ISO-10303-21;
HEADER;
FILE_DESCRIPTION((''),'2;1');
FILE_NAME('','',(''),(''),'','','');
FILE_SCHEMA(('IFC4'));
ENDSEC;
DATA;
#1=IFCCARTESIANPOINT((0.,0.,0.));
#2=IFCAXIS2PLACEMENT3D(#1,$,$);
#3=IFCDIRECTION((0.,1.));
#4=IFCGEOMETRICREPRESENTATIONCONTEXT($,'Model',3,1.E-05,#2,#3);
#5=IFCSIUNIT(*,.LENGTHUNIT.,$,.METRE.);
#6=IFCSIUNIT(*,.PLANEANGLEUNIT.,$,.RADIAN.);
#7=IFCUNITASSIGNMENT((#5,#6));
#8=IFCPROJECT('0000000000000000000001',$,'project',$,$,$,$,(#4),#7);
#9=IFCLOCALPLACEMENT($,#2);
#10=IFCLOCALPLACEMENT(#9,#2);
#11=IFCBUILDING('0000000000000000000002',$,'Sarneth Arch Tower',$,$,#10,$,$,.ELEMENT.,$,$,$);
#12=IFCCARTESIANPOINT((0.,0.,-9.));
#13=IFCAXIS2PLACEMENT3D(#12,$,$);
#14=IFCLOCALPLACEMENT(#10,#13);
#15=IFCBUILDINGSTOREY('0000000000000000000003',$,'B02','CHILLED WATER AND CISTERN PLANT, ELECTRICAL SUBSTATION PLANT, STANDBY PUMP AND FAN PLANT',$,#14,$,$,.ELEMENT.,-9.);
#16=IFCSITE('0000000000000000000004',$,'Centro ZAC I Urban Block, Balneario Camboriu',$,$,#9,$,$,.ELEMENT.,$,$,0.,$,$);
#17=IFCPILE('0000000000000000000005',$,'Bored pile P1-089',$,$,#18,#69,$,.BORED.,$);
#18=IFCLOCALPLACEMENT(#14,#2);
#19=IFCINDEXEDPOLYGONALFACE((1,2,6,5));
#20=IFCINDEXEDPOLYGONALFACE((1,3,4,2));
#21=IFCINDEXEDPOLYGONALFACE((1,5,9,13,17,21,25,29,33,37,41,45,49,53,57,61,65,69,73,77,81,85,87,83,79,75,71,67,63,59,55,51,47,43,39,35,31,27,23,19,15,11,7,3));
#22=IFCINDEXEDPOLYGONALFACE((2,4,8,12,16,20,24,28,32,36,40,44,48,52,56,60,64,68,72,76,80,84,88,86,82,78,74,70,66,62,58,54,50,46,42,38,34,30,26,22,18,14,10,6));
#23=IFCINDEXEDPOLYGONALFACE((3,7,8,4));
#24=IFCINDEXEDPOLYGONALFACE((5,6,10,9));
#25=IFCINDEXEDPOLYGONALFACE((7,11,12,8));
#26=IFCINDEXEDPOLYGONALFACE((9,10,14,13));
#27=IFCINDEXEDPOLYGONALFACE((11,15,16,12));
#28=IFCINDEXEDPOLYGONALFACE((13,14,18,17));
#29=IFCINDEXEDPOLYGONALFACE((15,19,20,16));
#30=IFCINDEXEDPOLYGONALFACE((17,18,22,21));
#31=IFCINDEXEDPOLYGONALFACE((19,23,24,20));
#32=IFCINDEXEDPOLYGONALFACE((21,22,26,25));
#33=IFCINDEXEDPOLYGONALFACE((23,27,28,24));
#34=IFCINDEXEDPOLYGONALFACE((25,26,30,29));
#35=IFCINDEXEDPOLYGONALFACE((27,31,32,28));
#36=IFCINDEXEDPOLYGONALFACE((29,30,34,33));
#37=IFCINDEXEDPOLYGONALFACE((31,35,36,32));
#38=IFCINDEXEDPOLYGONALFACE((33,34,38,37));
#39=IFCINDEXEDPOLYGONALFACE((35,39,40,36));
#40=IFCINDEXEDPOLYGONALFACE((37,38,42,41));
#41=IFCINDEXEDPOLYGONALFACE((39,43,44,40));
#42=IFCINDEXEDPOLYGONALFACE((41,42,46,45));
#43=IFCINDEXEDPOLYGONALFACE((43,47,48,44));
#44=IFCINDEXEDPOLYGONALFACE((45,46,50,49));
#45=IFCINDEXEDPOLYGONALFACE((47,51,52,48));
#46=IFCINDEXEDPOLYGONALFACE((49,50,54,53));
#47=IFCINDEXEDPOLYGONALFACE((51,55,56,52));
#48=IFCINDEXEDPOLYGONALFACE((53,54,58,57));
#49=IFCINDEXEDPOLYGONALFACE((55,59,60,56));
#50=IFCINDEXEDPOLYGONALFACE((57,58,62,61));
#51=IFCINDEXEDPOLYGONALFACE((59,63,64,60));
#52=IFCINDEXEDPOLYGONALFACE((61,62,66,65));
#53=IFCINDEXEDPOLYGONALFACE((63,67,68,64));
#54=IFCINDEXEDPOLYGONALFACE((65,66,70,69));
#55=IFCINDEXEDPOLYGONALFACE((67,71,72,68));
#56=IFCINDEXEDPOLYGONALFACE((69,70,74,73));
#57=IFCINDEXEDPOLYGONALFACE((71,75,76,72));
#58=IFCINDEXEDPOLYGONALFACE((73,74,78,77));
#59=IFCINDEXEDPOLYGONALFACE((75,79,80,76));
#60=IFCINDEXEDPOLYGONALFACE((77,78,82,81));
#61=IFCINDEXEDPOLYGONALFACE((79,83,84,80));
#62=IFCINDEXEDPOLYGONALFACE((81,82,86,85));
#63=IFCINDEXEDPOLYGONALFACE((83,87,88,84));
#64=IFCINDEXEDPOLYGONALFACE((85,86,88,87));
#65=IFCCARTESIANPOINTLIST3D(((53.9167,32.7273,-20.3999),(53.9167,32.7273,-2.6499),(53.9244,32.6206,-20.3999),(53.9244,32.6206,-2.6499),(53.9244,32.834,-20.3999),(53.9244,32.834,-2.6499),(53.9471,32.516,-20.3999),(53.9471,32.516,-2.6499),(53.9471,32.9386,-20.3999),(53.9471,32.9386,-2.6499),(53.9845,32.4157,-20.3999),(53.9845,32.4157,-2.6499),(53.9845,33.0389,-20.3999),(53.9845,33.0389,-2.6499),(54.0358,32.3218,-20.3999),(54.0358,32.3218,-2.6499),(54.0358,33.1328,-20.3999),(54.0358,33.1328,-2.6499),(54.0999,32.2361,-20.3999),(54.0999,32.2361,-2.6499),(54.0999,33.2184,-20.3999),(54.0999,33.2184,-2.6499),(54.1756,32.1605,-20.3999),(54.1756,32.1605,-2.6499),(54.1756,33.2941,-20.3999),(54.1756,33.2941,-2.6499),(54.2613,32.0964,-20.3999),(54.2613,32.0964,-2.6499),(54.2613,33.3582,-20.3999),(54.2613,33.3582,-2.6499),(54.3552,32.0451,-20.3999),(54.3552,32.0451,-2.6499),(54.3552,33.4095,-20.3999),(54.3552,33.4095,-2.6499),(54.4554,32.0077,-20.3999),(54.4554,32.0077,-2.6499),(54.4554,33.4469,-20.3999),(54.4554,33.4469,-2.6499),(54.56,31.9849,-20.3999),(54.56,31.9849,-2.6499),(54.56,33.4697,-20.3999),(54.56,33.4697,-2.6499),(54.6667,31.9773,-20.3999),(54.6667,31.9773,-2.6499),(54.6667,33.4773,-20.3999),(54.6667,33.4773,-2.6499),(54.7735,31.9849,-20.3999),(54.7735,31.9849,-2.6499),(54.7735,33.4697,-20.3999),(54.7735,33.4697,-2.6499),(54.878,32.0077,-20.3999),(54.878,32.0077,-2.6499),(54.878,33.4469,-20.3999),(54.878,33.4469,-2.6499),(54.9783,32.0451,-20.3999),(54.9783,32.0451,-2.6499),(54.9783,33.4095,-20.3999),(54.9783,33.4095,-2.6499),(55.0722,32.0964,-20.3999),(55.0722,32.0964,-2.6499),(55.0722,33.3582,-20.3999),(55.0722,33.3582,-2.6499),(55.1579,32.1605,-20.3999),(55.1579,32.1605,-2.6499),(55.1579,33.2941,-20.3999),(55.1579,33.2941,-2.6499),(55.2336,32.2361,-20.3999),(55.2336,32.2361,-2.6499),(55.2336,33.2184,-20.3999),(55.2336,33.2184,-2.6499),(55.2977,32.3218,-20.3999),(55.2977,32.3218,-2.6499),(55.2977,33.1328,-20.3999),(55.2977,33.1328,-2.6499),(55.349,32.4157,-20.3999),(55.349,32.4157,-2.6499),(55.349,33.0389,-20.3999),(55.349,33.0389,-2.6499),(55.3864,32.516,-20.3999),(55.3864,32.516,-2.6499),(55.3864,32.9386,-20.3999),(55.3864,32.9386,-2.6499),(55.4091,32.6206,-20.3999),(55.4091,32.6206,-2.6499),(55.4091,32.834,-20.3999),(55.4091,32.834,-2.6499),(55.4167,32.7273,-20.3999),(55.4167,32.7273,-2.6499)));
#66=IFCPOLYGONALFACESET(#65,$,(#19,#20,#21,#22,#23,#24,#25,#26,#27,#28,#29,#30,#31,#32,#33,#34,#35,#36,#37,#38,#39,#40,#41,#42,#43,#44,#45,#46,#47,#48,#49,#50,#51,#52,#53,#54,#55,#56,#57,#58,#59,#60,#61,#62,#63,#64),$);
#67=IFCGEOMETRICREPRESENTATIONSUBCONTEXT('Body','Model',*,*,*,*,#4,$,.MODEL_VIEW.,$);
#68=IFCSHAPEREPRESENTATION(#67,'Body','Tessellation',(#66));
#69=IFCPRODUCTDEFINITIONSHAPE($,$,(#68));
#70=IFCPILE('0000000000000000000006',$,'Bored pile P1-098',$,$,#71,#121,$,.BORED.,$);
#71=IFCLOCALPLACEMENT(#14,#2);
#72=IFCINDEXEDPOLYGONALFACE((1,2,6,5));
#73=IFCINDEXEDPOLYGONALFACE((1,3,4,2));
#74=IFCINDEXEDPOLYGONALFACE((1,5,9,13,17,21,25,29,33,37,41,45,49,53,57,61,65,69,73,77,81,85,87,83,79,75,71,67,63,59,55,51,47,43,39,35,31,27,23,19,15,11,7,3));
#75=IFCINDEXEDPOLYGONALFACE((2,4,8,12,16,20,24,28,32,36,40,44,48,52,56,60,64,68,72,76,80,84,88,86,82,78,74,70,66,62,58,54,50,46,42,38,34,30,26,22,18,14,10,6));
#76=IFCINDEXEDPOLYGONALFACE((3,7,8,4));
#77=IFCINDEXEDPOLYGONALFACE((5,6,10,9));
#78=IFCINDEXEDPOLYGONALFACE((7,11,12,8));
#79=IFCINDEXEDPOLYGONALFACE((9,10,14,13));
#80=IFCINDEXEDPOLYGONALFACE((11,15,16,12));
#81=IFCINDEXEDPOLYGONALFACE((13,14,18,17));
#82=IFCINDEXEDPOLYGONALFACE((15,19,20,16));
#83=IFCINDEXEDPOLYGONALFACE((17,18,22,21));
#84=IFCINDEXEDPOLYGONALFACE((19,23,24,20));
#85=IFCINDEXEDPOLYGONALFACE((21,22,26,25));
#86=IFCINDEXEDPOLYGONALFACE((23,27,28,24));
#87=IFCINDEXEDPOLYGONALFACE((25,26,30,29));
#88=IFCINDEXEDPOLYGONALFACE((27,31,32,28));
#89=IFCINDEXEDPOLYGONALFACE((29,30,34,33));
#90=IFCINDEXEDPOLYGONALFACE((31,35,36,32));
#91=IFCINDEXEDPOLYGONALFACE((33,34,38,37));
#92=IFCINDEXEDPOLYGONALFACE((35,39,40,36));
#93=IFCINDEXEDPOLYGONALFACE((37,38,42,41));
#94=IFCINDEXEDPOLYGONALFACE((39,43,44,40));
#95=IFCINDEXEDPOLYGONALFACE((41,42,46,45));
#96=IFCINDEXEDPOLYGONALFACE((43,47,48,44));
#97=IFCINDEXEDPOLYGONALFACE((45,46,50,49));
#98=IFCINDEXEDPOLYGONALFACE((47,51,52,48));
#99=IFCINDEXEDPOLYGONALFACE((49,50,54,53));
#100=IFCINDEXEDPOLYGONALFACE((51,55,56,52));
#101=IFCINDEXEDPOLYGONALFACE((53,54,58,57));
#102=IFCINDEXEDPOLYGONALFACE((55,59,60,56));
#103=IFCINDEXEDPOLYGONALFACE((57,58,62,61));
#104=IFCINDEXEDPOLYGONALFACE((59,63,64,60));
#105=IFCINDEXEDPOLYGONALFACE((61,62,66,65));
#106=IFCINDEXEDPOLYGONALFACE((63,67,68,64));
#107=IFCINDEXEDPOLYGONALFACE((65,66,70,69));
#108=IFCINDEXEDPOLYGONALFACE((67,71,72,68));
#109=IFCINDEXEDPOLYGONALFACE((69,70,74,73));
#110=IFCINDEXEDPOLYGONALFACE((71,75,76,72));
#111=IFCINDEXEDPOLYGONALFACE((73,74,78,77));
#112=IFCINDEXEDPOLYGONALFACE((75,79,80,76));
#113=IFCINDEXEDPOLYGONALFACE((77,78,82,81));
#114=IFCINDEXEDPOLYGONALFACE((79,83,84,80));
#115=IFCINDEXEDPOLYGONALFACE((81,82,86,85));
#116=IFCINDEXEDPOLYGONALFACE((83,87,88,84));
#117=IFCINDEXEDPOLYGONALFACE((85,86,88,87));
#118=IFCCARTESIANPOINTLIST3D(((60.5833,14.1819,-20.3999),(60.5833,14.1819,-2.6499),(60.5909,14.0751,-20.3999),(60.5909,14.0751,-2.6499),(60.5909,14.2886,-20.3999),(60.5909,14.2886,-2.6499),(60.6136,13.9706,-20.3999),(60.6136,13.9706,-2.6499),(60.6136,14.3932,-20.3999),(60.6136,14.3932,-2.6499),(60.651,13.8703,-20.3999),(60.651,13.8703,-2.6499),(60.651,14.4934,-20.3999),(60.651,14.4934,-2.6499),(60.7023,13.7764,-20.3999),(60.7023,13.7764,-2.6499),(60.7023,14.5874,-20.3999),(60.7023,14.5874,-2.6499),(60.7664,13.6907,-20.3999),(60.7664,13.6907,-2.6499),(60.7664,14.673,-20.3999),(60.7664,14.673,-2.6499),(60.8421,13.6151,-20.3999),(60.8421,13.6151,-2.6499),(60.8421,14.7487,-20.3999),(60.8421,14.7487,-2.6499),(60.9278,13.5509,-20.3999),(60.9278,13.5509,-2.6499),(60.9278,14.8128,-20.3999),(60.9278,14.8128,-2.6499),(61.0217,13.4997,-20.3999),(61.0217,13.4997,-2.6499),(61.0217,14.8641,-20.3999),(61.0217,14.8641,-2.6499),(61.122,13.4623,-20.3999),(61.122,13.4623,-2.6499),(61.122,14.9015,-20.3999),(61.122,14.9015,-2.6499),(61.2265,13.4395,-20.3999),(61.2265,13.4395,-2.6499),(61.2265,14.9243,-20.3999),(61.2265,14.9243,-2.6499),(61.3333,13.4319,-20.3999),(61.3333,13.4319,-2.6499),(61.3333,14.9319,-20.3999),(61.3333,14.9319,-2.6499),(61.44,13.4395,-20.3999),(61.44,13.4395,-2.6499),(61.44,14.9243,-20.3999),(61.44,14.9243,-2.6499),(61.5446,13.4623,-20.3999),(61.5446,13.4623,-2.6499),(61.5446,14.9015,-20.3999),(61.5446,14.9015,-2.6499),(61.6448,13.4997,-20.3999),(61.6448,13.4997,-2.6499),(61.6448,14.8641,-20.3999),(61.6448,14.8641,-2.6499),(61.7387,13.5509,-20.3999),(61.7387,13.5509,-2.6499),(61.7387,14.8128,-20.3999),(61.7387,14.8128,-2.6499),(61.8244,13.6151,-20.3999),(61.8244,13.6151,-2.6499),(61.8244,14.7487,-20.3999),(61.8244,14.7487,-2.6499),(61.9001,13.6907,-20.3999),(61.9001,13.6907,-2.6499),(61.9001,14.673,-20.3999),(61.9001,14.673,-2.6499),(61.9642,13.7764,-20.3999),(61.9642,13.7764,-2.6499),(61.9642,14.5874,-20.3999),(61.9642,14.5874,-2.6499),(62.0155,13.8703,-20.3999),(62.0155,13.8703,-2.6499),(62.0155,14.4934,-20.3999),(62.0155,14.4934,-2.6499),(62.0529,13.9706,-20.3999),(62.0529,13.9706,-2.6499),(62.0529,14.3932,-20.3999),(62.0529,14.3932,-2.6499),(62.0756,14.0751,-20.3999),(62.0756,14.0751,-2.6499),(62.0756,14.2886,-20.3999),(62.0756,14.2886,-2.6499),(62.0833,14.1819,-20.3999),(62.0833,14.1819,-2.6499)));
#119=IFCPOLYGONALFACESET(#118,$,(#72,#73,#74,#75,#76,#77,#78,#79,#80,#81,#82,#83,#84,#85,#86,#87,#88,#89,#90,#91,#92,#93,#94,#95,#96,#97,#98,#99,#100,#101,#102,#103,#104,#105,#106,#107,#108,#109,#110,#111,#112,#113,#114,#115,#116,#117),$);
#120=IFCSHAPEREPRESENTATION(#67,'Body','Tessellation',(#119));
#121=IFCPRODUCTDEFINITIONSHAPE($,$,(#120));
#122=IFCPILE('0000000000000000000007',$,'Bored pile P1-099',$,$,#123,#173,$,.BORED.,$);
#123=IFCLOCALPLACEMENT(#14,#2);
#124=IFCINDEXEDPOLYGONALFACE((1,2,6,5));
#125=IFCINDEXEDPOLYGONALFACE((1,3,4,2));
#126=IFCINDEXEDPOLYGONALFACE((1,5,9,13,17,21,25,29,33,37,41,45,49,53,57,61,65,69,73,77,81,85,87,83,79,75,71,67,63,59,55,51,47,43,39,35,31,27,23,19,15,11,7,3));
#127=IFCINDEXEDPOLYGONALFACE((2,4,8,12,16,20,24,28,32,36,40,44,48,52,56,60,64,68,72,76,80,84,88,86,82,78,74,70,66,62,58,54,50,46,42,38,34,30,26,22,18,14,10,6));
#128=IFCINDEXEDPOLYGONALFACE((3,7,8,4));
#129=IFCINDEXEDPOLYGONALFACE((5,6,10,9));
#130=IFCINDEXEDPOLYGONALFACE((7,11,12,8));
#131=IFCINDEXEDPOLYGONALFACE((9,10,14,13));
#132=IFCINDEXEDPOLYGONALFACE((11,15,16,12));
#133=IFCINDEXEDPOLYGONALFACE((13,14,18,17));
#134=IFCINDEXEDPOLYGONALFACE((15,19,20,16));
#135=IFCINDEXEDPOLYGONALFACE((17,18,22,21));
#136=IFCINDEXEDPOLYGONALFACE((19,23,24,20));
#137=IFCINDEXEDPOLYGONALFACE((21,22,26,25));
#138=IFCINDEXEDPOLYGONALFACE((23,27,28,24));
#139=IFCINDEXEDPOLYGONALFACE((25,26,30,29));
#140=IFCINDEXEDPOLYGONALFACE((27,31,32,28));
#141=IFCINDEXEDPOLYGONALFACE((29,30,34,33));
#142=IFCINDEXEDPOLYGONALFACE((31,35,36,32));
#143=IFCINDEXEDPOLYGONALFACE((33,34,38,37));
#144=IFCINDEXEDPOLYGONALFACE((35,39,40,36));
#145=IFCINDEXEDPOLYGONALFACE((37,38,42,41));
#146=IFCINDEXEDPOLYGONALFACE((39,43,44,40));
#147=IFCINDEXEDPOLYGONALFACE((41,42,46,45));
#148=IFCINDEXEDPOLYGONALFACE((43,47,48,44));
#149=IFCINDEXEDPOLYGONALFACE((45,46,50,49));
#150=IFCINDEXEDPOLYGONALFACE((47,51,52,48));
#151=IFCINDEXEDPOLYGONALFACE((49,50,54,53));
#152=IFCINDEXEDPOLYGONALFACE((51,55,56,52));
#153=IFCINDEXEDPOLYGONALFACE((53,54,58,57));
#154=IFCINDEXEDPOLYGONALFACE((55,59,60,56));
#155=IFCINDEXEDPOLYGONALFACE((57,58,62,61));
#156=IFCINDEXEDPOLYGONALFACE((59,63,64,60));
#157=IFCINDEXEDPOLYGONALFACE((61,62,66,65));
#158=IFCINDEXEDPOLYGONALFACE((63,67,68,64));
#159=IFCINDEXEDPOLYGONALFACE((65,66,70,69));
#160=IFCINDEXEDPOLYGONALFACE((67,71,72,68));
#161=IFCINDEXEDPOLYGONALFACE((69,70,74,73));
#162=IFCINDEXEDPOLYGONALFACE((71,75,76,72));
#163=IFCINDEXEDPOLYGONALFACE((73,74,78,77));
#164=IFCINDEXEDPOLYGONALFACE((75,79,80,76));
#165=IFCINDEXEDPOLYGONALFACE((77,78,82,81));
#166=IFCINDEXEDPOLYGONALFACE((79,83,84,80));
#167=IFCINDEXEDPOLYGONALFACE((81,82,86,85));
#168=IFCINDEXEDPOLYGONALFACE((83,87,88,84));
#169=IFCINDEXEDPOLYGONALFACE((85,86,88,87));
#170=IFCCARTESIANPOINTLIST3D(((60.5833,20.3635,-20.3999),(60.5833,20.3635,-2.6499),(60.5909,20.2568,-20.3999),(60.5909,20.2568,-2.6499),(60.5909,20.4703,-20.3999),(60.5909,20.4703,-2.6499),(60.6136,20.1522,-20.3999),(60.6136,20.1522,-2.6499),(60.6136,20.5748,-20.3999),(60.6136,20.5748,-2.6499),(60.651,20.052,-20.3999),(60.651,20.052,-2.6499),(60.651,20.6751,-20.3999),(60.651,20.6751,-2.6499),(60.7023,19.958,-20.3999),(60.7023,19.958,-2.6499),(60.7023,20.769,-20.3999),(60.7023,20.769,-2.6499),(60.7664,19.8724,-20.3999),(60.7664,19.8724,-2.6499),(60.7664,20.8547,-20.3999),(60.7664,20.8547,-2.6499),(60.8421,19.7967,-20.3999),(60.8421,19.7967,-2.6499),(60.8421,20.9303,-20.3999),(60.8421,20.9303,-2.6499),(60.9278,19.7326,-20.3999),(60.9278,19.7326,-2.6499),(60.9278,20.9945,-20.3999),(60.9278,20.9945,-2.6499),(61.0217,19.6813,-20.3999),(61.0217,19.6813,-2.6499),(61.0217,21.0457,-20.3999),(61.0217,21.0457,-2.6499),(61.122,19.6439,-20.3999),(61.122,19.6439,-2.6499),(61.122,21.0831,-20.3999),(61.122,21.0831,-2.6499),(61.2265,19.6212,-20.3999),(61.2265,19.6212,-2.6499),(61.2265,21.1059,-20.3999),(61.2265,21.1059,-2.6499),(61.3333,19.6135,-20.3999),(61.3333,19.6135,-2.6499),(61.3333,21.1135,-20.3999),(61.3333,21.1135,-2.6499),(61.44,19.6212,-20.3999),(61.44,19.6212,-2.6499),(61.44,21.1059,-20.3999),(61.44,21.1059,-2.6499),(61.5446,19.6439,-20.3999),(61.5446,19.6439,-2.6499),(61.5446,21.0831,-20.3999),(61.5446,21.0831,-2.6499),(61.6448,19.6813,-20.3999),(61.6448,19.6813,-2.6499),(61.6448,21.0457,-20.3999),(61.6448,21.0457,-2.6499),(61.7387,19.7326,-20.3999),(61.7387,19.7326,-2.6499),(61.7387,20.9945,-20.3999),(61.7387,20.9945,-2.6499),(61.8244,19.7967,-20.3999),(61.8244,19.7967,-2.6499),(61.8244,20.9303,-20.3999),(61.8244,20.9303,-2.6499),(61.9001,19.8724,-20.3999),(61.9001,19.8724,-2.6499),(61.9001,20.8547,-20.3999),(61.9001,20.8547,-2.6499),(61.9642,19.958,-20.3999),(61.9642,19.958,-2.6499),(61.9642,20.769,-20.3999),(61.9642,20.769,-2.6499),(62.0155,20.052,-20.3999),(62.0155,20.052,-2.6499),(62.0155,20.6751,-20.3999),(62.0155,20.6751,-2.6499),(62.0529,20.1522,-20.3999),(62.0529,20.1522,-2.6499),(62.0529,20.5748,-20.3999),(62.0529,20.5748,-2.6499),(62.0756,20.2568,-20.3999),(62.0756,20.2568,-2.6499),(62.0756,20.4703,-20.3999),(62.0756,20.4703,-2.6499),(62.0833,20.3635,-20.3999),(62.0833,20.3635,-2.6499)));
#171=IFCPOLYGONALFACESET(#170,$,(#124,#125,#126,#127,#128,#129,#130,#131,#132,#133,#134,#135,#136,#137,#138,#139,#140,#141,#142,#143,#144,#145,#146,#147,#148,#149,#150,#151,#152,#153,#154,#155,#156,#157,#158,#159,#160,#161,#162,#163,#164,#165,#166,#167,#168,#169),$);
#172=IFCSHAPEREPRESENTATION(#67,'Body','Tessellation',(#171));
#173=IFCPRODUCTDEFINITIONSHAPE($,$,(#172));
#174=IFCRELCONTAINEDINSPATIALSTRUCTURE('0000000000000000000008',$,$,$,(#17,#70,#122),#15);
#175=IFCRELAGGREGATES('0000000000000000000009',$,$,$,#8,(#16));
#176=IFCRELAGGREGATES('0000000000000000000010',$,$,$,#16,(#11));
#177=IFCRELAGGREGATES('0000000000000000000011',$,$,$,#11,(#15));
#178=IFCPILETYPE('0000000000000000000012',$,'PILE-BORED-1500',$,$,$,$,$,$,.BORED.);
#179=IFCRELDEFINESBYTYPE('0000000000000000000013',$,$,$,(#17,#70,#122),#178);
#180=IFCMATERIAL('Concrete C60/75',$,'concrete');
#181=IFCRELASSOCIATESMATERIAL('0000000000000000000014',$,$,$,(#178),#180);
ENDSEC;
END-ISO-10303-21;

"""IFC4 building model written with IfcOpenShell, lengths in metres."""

from ifc_helpers import new_model, si_unit, direction, frame, origin, origin_2d, place, context, subcontext, project, spatial, circle, extrude, material, material_profile, profile_set, type_object, element, save


model = new_model("IFC4")

# Units and contexts
model_context = context("Model", 3, precision=1e-05, world=origin(), true_north=direction((0.0, 1.0)))
body_context = subcontext(model_context, "Body", "Model", "MODEL_VIEW")
ifc_project = project(units=[si_unit("LENGTHUNIT", "METRE"), si_unit("PLANEANGLEUNIT", "RADIAN")], contexts=[model_context])

# Site, building, storey
site_placement = place(None, origin())
site = spatial("IfcSite", under=ifc_project, at=site_placement, Name="Centro ZAC I Urban Block, Balneario Camboriu", CompositionType="ELEMENT", RefElevation=0.0)
building_placement = place(site_placement, origin())
building = spatial("IfcBuilding", under=site, at=building_placement, Name="Sarneth Arch Tower", CompositionType="ELEMENT")
storey_placement = place(building_placement, frame((0.0, 0.0, -9.0)))
storey = spatial("IfcBuildingStorey", under=building, at=storey_placement, Name="B02", Description="CHILLED WATER AND CISTERN PLANT, ELECTRICAL SUBSTATION PLANT, STANDBY PUMP AND FAN PLANT", CompositionType="ELEMENT", Elevation=-9.0)

# Piles
ifc_material_1 = material(Name="Concrete C60/75", Category="concrete")
ifc_material_profile_1 = material_profile(ifc_material_1, circle(Radius=0.75, at=origin_2d()), Name="PILE-D1500")
ifc_profile_set_1 = profile_set([ifc_material_profile_1], Name="Concrete C60/75")
pile_type_1 = type_object("IfcPileType", Name="PILE-BORED-1500", PredefinedType="BORED", material=ifc_profile_set_1)
for number, where, z_axis, x_axis, name in (
    (1, (54.6667, 32.7273, -2.6499), (0.0, 0.0, -1.0), (1.0, 0.0, 0.0), "Bored pile P1-089"),
    (2, (61.3333, 14.1819, -2.6499), (0.0, 0.0, -1.0), (1.0, 0.0, 0.0), "Bored pile P1-098"),
    (3, (61.3333, 20.3635, -2.6499), (0.0, 0.0, -1.0), (1.0, 0.0, 0.0), "Bored pile P1-099"),
):
    element("IfcPile", number, at=place(storey_placement, frame(where, z_axis=z_axis, x_axis=x_axis)), inside=storey, type_object=pile_type_1, Name=name, PredefinedType="BORED", context=body_context, shape_type="SweptSolid", body=[
        extrude(circle(Radius=0.75, at=origin_2d()), origin(), (0.0, 0.0, 1.0), 17.75),
    ])

save(model, "model.ifc")
